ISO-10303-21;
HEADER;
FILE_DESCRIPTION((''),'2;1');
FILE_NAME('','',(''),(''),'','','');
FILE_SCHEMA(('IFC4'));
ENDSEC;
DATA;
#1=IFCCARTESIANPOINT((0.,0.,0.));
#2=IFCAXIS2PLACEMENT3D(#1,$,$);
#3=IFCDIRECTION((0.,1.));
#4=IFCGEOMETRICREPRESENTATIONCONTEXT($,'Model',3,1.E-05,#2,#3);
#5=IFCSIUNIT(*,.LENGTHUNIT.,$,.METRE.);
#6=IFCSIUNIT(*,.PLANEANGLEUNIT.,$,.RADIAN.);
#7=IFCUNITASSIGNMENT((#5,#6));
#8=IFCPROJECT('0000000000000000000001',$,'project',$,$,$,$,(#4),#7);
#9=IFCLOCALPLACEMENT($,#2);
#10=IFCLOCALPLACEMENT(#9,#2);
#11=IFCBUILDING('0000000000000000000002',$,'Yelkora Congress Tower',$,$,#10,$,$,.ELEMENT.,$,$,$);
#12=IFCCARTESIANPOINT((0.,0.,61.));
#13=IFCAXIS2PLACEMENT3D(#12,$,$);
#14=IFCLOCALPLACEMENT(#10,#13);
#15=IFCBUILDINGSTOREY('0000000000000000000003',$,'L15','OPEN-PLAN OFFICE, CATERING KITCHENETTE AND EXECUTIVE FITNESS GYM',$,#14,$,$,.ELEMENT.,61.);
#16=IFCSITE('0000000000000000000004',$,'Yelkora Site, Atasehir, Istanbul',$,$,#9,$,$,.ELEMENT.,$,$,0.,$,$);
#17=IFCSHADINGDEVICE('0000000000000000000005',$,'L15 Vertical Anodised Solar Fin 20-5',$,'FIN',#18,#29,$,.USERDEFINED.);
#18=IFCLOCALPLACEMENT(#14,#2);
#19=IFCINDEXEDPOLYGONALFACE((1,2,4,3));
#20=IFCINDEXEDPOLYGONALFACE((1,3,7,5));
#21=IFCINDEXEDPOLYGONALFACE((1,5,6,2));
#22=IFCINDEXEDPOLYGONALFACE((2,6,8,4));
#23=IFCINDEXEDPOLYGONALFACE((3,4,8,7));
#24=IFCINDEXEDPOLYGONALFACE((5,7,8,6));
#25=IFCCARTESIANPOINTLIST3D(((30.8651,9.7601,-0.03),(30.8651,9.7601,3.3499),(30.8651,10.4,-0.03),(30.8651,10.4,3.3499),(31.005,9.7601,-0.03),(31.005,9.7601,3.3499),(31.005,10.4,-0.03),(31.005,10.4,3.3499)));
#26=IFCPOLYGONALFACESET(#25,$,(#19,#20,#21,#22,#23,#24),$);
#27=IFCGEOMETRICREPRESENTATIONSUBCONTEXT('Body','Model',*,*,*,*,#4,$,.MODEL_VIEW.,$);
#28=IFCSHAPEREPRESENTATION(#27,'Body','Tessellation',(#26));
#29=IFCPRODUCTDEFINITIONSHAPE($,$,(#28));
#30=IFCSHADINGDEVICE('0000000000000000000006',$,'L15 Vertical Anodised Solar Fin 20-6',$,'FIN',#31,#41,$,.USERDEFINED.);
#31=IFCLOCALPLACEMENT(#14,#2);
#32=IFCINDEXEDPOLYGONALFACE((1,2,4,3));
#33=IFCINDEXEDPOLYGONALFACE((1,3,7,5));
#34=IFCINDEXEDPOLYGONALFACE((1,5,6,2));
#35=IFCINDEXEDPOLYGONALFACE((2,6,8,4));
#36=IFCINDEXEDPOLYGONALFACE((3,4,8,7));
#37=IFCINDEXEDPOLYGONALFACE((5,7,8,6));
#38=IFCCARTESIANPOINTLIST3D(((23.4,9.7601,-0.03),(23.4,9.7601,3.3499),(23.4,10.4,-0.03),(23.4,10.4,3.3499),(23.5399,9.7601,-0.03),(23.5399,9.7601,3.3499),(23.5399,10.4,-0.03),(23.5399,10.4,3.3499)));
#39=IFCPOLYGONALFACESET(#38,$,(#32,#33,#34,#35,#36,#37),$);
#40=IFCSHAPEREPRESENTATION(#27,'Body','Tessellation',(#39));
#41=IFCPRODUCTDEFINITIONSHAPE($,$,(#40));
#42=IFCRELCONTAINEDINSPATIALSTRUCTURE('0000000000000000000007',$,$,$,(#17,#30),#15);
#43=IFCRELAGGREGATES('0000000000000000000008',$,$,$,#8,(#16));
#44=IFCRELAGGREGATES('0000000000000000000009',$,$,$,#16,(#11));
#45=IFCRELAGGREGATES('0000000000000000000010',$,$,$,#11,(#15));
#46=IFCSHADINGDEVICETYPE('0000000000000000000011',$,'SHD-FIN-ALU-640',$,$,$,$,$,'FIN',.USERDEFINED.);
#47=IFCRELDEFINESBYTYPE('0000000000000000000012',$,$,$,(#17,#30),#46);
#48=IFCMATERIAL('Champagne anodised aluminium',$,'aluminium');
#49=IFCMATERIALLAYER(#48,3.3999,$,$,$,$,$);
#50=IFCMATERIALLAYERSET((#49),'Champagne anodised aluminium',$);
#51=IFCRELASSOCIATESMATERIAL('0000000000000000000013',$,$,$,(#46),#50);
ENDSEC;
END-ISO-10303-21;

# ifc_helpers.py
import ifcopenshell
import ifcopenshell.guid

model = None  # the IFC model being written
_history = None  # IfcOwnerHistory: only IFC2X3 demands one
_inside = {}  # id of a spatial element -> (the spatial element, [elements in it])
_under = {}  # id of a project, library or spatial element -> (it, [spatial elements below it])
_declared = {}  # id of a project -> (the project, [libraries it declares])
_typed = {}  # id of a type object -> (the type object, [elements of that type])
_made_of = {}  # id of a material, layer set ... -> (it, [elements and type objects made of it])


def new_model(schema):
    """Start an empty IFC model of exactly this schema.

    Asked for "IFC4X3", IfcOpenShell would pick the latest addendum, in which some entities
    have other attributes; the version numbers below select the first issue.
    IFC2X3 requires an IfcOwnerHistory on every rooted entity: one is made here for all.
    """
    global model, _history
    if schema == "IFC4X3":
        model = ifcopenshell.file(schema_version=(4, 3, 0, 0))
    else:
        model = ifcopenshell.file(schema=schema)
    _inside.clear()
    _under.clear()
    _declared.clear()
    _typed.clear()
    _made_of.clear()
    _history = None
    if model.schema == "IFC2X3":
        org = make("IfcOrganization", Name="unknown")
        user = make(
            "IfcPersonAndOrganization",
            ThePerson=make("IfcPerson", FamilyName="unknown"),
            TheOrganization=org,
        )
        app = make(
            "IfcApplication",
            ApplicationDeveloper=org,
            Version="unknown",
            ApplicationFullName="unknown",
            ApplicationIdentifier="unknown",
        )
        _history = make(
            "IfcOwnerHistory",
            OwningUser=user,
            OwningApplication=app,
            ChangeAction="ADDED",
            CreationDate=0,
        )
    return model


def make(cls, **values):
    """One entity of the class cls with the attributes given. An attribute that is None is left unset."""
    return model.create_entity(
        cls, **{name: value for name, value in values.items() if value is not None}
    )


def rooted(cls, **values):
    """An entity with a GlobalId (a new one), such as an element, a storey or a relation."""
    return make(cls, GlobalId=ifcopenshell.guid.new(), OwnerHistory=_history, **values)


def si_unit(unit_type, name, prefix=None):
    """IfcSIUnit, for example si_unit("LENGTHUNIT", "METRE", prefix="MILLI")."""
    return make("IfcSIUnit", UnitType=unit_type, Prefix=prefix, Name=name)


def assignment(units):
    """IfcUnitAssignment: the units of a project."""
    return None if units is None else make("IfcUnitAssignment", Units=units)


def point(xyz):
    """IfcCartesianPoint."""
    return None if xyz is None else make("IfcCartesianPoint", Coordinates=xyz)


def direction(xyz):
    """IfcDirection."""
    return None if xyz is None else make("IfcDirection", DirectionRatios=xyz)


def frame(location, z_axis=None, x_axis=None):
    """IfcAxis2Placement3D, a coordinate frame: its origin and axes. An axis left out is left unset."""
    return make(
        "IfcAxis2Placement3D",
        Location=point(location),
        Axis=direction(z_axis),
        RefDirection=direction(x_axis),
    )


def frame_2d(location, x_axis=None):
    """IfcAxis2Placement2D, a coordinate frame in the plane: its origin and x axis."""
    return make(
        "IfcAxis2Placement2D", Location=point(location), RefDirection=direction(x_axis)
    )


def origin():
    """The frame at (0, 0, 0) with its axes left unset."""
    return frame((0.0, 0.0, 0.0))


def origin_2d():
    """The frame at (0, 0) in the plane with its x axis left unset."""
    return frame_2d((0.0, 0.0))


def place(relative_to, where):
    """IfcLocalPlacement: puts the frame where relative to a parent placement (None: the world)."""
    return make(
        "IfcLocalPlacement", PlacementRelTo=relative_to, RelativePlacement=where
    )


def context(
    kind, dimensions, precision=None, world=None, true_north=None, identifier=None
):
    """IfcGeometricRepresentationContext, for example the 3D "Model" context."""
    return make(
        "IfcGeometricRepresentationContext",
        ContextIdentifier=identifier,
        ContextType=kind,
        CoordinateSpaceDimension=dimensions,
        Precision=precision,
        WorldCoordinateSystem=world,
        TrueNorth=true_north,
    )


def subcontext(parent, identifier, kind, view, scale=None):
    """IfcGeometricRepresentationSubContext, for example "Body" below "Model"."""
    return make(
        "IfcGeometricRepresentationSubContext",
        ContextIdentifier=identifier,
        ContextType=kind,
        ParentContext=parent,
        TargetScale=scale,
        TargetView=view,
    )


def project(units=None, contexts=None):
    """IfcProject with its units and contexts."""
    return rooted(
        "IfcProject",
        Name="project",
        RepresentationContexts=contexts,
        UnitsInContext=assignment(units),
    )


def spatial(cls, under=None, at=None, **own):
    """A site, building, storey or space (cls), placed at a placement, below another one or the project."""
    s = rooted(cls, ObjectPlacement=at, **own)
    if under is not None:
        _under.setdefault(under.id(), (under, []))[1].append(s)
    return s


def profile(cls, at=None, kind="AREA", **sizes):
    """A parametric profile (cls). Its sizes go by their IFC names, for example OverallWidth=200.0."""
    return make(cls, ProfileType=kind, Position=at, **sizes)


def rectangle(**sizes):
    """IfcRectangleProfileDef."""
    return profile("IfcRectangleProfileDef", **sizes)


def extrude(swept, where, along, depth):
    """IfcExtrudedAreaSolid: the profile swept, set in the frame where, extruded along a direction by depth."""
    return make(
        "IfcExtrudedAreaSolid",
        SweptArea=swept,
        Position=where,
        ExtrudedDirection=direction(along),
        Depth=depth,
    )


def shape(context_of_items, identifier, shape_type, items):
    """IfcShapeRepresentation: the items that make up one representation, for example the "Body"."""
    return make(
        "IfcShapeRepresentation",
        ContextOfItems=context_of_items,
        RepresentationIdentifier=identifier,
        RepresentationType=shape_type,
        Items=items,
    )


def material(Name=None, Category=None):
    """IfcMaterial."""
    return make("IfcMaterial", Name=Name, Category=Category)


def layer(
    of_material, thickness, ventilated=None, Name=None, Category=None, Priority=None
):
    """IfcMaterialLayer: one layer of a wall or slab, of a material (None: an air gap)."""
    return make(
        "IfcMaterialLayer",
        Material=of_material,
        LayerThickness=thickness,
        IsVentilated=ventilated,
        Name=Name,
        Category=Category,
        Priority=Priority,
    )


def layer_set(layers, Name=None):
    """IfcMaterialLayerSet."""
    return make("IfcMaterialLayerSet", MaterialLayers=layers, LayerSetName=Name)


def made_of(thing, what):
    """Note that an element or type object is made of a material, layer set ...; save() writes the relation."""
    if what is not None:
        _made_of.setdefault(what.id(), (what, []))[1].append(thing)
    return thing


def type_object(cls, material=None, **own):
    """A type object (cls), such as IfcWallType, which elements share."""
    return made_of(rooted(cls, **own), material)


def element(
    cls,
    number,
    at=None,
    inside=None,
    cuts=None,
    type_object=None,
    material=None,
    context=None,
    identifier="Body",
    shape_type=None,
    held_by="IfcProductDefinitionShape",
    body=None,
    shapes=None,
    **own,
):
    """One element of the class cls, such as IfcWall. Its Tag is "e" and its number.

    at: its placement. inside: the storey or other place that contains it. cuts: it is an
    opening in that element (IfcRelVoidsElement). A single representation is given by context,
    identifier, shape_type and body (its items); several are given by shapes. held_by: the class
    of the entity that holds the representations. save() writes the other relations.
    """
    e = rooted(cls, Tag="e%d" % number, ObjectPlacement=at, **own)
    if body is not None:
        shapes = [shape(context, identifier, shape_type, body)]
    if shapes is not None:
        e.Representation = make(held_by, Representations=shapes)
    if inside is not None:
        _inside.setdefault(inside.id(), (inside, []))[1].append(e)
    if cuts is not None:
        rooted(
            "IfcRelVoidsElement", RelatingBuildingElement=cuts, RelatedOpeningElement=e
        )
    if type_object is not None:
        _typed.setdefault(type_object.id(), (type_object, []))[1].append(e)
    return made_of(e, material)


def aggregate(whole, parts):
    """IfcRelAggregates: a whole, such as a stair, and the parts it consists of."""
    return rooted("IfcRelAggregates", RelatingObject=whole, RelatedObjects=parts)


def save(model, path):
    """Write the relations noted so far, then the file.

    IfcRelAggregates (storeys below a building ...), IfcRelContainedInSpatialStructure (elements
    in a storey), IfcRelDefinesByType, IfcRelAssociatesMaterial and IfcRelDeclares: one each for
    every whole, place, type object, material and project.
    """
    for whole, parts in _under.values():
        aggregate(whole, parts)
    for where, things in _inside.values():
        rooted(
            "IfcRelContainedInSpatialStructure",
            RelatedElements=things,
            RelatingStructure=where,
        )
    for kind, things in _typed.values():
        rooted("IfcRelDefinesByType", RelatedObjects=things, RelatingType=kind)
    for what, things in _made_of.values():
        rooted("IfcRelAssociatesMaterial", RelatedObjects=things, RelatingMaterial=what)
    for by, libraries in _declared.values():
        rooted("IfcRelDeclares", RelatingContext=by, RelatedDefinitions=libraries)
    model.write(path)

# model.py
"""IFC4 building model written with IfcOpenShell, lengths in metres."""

from ifc_helpers import new_model, si_unit, direction, frame, origin, origin_2d, place, context, subcontext, project, spatial, rectangle, extrude, material, layer, layer_set, type_object, element, save


model = new_model("IFC4")

# Units and contexts
model_context = context("Model", 3, precision=1e-05, world=origin(), true_north=direction((0.0, 1.0)))
body_context = subcontext(model_context, "Body", "Model", "MODEL_VIEW")
ifc_project = project(units=[si_unit("LENGTHUNIT", "METRE"), si_unit("PLANEANGLEUNIT", "RADIAN")], contexts=[model_context])

# Site, building, storey
site_placement = place(None, origin())
site = spatial("IfcSite", under=ifc_project, at=site_placement, Name="Yelkora Site, Atasehir, Istanbul", CompositionType="ELEMENT", RefElevation=0.0)
building_placement = place(site_placement, origin())
building = spatial("IfcBuilding", under=site, at=building_placement, Name="Yelkora Congress Tower", CompositionType="ELEMENT")
storey_placement = place(building_placement, frame((0.0, 0.0, 61.0)))
storey = spatial("IfcBuildingStorey", under=building, at=storey_placement, Name="L15", Description="OPEN-PLAN OFFICE, CATERING KITCHENETTE AND EXECUTIVE FITNESS GYM", CompositionType="ELEMENT", Elevation=61.0)

# Shading devices
ifc_material_1 = material(Name="Champagne anodised aluminium", Category="aluminium")
ifc_layer_1 = layer(ifc_material_1, 3.3999)
ifc_layer_set_1 = layer_set([ifc_layer_1], Name="Champagne anodised aluminium")
shading_device_type = type_object("IfcShadingDeviceType", Name="SHD-FIN-ALU-640", ElementType="FIN", PredefinedType="USERDEFINED", material=ifc_layer_set_1)
for number, where, z_axis, x_axis, name in (
    (1, (30.9351, 10.0801, -0.03), (0.0, 0.0, 1.0), (-1.0, 0.0, 0.0), "L15 Vertical Anodised Solar Fin 20-5"),
    (2, (23.47, 10.0801, -0.03), (0.0, 0.0, 1.0), (-1.0, 0.0, 0.0), "L15 Vertical Anodised Solar Fin 20-6"),
):
    element("IfcShadingDevice", number, at=place(storey_placement, frame(where, z_axis=z_axis, x_axis=x_axis)), inside=storey, type_object=shading_device_type, Name=name, ObjectType="FIN", PredefinedType="USERDEFINED", context=body_context, shape_type="SweptSolid", body=[
        extrude(rectangle(XDim=0.1399, YDim=0.6399, at=origin_2d()), origin(), (0.0, 0.0, 1.0), 3.3799),
    ])

save(model, "model.ifc")
